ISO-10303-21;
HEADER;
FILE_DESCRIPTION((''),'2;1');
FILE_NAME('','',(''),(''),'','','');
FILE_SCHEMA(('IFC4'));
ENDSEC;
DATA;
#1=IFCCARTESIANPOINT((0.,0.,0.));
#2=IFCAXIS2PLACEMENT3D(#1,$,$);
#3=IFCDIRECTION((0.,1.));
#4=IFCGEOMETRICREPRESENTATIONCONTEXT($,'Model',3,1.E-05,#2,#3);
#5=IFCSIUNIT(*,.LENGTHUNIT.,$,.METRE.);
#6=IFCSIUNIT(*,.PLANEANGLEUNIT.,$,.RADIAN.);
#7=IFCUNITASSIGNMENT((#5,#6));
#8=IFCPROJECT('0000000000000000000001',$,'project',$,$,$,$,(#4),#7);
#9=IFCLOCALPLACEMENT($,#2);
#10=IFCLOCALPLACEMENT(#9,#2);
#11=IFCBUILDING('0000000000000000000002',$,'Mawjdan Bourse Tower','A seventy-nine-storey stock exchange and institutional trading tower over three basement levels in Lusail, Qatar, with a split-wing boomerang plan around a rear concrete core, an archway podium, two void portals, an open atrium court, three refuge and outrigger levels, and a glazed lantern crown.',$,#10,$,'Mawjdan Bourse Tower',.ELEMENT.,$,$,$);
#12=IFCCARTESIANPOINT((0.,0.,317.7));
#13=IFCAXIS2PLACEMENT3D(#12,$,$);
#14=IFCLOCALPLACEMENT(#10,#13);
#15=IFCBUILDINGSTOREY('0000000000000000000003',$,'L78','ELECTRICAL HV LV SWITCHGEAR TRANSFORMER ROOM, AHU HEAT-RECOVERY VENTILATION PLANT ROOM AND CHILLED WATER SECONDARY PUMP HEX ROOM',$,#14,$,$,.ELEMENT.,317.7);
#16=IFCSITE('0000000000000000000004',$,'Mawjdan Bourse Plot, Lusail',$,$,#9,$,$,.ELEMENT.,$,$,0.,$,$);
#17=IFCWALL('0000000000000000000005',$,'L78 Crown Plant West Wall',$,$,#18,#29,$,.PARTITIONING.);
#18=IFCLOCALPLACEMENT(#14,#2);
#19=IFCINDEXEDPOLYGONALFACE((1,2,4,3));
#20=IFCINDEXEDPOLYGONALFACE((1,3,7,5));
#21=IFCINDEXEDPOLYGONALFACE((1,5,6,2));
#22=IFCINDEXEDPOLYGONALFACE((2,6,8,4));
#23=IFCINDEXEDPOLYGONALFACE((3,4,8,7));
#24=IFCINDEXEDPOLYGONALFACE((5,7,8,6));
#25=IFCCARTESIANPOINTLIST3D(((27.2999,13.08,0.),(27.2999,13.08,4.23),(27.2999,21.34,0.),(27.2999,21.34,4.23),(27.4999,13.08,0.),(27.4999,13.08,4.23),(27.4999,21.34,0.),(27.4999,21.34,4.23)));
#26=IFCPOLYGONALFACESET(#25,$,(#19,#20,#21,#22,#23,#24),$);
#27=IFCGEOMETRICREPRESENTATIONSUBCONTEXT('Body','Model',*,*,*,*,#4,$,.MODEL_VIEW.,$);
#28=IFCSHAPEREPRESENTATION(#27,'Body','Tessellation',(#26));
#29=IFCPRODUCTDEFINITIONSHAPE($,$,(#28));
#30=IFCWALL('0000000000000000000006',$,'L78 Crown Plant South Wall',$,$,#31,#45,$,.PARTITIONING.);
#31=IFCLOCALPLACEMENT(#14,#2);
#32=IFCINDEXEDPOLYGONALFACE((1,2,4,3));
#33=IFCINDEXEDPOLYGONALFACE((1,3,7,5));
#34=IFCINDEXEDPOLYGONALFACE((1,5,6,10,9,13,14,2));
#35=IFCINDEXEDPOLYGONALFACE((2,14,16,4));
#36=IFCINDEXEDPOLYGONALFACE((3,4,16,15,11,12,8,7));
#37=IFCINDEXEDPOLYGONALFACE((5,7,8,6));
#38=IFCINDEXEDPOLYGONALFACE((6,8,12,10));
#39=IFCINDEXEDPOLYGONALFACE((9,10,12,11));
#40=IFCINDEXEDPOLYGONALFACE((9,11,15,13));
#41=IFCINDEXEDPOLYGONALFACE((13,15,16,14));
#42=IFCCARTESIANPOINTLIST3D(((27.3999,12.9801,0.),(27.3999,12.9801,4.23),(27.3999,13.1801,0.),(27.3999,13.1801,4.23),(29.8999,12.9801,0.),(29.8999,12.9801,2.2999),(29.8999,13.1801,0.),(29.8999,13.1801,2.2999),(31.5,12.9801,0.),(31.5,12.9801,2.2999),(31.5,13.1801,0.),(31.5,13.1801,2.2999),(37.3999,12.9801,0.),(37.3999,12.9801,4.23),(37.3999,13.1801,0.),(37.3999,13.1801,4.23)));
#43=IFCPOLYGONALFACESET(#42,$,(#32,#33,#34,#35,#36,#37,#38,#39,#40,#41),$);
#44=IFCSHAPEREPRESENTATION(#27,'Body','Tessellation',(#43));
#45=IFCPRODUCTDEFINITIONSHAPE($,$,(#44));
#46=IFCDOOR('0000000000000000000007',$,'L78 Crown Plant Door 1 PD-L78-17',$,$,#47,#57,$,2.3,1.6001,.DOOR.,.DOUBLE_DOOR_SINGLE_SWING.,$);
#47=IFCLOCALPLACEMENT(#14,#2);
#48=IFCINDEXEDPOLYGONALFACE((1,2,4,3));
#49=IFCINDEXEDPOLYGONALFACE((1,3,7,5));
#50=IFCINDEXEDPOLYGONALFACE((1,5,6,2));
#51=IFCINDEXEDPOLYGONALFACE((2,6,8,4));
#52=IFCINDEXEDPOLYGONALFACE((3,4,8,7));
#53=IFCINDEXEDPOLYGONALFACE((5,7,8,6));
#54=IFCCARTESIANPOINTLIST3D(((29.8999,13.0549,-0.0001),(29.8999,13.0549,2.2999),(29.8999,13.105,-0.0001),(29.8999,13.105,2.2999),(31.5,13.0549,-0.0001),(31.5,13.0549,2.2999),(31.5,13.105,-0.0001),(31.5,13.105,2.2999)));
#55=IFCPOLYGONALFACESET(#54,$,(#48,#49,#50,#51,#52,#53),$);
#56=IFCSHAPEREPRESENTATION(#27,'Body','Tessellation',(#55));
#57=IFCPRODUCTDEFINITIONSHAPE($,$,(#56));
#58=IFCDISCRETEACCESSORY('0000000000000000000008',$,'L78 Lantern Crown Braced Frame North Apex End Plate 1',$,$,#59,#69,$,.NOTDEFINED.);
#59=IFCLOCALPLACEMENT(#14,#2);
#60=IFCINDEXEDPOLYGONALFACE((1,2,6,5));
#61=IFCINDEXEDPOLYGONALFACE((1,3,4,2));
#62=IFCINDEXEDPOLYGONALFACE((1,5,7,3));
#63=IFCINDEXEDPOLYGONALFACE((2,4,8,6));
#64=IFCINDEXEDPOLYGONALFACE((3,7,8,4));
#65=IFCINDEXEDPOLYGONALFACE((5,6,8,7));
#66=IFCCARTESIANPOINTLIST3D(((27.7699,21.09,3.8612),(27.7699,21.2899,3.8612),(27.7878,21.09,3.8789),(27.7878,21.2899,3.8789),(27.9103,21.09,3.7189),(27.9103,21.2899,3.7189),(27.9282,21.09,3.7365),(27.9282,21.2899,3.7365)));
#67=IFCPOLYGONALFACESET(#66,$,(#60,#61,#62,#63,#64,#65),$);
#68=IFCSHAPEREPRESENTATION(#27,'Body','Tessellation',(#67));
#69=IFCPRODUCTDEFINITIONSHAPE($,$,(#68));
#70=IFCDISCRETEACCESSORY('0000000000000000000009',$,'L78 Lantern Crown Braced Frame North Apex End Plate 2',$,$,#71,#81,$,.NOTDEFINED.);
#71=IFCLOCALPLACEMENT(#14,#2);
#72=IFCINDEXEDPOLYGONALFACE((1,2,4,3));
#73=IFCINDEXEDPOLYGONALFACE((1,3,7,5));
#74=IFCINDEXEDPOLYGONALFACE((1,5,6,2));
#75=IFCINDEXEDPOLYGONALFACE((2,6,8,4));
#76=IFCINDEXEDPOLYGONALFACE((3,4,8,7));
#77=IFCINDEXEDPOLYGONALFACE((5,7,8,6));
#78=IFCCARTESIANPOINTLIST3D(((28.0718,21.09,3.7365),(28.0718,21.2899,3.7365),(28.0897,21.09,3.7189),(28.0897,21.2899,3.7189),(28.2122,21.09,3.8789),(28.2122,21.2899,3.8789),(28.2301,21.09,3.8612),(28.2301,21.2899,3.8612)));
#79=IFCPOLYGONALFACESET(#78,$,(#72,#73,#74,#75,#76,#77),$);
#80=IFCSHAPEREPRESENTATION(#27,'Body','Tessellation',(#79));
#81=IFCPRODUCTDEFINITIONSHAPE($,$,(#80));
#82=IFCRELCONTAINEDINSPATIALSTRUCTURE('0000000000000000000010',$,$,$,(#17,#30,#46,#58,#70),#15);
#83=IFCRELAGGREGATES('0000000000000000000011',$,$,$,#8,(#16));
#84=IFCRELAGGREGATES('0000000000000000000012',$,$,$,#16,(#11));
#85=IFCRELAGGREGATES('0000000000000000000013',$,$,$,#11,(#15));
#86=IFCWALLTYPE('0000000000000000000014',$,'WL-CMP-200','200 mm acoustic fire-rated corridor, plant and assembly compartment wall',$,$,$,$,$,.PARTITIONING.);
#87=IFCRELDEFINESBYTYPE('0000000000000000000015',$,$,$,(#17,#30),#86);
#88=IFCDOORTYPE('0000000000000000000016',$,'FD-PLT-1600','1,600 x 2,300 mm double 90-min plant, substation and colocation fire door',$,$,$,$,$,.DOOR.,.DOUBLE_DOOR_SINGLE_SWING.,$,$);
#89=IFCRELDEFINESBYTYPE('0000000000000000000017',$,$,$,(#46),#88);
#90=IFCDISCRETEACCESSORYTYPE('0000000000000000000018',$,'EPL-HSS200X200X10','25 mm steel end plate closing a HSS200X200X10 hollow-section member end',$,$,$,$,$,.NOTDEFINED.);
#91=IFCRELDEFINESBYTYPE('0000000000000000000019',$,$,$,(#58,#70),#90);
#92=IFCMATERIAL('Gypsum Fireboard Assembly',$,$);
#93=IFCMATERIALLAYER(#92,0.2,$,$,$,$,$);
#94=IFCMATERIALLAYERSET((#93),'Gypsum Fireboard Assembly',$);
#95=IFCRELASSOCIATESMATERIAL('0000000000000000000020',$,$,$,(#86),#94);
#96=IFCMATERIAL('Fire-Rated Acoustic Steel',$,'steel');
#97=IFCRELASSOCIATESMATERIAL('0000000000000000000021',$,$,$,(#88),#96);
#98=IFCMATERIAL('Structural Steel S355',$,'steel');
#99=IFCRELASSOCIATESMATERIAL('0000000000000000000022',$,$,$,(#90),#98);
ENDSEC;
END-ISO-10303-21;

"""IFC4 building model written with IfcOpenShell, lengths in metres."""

from ifc_helpers import new_model, si_unit, direction, frame, frame_2d, origin, origin_2d, place, context, subcontext, project, spatial, rectangle, extrude, material, layer, layer_set, material_profile, profile_set, type_object, element, fill, save


model = new_model("IFC4")

# Units and contexts
model_context = context("Model", 3, precision=1e-05, world=origin(), true_north=direction((0.0, 1.0)))
body_context = subcontext(model_context, "Body", "Model", "MODEL_VIEW")
ifc_project = project(units=[si_unit("LENGTHUNIT", "METRE"), si_unit("PLANEANGLEUNIT", "RADIAN")], contexts=[model_context])

# Site, building, storey
site_placement = place(None, origin())
site = spatial("IfcSite", under=ifc_project, at=site_placement, Name="Mawjdan Bourse Plot, Lusail", CompositionType="ELEMENT", RefElevation=0.0)
building_placement = place(site_placement, origin())
building = spatial("IfcBuilding", under=site, at=building_placement, Name="Mawjdan Bourse Tower", Description="A seventy-nine-storey stock exchange and institutional trading tower over three basement levels in Lusail, Qatar, with a split-wing boomerang plan around a rear concrete core, an archway podium, two void portals, an open atrium court, three refuge and outrigger levels, and a glazed lantern crown.", LongName="Mawjdan Bourse Tower", CompositionType="ELEMENT")
storey_placement = place(building_placement, frame((0.0, 0.0, 317.7)))
storey = spatial("IfcBuildingStorey", under=building, at=storey_placement, Name="L78", Description="ELECTRICAL HV LV SWITCHGEAR TRANSFORMER ROOM, AHU HEAT-RECOVERY VENTILATION PLANT ROOM AND CHILLED WATER SECONDARY PUMP HEX ROOM", CompositionType="ELEMENT", Elevation=317.7)

# Shared definitions
ifc_material_1 = material(Name="Structural Steel S355", Category="steel")

# Shared definitions
ifc_material_2 = material(Name="Gypsum Fireboard Assembly")
ifc_layer_1 = layer(ifc_material_2, 0.2)
ifc_layer_set_1 = layer_set([ifc_layer_1], Name="Gypsum Fireboard Assembly")
wall_type = type_object("IfcWallType", Name="WL-CMP-200", Description="200 mm acoustic fire-rated corridor, plant and assembly compartment wall", PredefinedType="PARTITIONING", material=ifc_layer_set_1)
ifc_material_3 = material(Name="Fire-Rated Acoustic Steel", Category="steel")
door_type = type_object("IfcDoorType", Name="FD-PLT-1600", Description="1,600 x 2,300 mm double 90-min plant, substation and colocation fire door", OperationType="DOUBLE_DOOR_SINGLE_SWING", PredefinedType="DOOR", material=ifc_material_3)

# Wall
wall_1_placement = place(storey_placement, frame((27.3999, 13.0801, 0.0), z_axis=(0.0, 0.0, 1.0), x_axis=(0.0, 1.0, 0.0)))
element("IfcWall", 1, at=wall_1_placement, inside=storey, type_object=wall_type, Name="L78 Crown Plant West Wall", PredefinedType="PARTITIONING", context=body_context, shape_type="SweptSolid", body=[
    extrude(rectangle(XDim=8.26, YDim=0.2, at=frame_2d((4.1299, 0.0))), origin(), (0.0, 0.0, 1.0), 4.23),
])

# Wall, opening, door
wall_2_placement = place(storey_placement, frame((27.3999, 13.0801, 0.0), z_axis=(0.0, 0.0, 1.0), x_axis=(1.0, 0.0, 0.0)))
wall_2 = element("IfcWall", 2, at=wall_2_placement, inside=storey, type_object=wall_type, Name="L78 Crown Plant South Wall", PredefinedType="PARTITIONING", context=body_context, shape_type="SweptSolid", body=[
    extrude(rectangle(XDim=10.0, YDim=0.2, at=frame_2d((5.0, 0.0))), origin(), (0.0, 0.0, 1.0), 4.23),
])
opening_1_placement = place(wall_2_placement, frame((2.5, 0.0, 0.0)))
opening_1 = element("IfcOpeningElement", 3, at=opening_1_placement, cuts=wall_2, PredefinedType="OPENING", context=body_context, shape_type="SweptSolid", body=[
    extrude(rectangle(XDim=1.6001, YDim=2.3, at=frame_2d((0.8, 1.1499))), frame((0.0, 0.1099, 0.0), z_axis=(0.0, -1.0, 0.0), x_axis=(1.0, 0.0, 0.0)), (0.0, 0.0, 1.0), 0.22),
])
door_1_placement = place(opening_1_placement, origin())
door_1 = element("IfcDoor", 4, at=door_1_placement, inside=storey, type_object=door_type, Name="L78 Crown Plant Door 1 PD-L78-17", OperationType="DOUBLE_DOOR_SINGLE_SWING", OverallHeight=2.3, OverallWidth=1.6001, PredefinedType="DOOR", context=body_context, shape_type="SweptSolid", body=[
    extrude(rectangle(XDim=1.6001, YDim=2.3, at=frame_2d((0.8, 1.1499))), frame((0.0, 0.0249, 0.0), z_axis=(0.0, -1.0, 0.0), x_axis=(1.0, 0.0, 0.0)), (0.0, 0.0, 1.0), 0.05),
])
fill(opening_1, door_1)

# Discrete accessories
ifc_material_profile_1 = material_profile(ifc_material_1, rectangle(XDim=0.2, YDim=0.2, at=origin_2d()), Name="EPL-HSS200X200X10")
ifc_profile_set_1 = profile_set([ifc_material_profile_1], Name="Structural Steel S355")
discrete_accessory_type = type_object("IfcDiscreteAccessoryType", Name="EPL-HSS200X200X10", Description="25 mm steel end plate closing a HSS200X200X10 hollow-section member end", PredefinedType="NOTDEFINED", material=ifc_profile_set_1)
for number, where, z_axis, x_axis, name in (
    (5, (27.8401, 21.1899, 3.79), (0.711966, 0.0, 0.702213), (0.0, 1.0, 0.0), "L78 Lantern Crown Braced Frame North Apex End Plate 1"),
    (6, (28.1599, 21.1899, 3.79), (-0.711966, 0.0, 0.702213), (0.0, -1.0, 0.0), "L78 Lantern Crown Braced Frame North Apex End Plate 2"),
):
    element("IfcDiscreteAccessory", number, at=place(storey_placement, frame(where, z_axis=z_axis, x_axis=x_axis)), inside=storey, type_object=discrete_accessory_type, Name=name, PredefinedType="NOTDEFINED", context=body_context, shape_type="SweptSolid", body=[
        extrude(rectangle(XDim=0.2, YDim=0.2, at=origin_2d()), origin(), (0.0, 0.0, 1.0), 0.0251),
    ])

save(model, "model.ifc")
